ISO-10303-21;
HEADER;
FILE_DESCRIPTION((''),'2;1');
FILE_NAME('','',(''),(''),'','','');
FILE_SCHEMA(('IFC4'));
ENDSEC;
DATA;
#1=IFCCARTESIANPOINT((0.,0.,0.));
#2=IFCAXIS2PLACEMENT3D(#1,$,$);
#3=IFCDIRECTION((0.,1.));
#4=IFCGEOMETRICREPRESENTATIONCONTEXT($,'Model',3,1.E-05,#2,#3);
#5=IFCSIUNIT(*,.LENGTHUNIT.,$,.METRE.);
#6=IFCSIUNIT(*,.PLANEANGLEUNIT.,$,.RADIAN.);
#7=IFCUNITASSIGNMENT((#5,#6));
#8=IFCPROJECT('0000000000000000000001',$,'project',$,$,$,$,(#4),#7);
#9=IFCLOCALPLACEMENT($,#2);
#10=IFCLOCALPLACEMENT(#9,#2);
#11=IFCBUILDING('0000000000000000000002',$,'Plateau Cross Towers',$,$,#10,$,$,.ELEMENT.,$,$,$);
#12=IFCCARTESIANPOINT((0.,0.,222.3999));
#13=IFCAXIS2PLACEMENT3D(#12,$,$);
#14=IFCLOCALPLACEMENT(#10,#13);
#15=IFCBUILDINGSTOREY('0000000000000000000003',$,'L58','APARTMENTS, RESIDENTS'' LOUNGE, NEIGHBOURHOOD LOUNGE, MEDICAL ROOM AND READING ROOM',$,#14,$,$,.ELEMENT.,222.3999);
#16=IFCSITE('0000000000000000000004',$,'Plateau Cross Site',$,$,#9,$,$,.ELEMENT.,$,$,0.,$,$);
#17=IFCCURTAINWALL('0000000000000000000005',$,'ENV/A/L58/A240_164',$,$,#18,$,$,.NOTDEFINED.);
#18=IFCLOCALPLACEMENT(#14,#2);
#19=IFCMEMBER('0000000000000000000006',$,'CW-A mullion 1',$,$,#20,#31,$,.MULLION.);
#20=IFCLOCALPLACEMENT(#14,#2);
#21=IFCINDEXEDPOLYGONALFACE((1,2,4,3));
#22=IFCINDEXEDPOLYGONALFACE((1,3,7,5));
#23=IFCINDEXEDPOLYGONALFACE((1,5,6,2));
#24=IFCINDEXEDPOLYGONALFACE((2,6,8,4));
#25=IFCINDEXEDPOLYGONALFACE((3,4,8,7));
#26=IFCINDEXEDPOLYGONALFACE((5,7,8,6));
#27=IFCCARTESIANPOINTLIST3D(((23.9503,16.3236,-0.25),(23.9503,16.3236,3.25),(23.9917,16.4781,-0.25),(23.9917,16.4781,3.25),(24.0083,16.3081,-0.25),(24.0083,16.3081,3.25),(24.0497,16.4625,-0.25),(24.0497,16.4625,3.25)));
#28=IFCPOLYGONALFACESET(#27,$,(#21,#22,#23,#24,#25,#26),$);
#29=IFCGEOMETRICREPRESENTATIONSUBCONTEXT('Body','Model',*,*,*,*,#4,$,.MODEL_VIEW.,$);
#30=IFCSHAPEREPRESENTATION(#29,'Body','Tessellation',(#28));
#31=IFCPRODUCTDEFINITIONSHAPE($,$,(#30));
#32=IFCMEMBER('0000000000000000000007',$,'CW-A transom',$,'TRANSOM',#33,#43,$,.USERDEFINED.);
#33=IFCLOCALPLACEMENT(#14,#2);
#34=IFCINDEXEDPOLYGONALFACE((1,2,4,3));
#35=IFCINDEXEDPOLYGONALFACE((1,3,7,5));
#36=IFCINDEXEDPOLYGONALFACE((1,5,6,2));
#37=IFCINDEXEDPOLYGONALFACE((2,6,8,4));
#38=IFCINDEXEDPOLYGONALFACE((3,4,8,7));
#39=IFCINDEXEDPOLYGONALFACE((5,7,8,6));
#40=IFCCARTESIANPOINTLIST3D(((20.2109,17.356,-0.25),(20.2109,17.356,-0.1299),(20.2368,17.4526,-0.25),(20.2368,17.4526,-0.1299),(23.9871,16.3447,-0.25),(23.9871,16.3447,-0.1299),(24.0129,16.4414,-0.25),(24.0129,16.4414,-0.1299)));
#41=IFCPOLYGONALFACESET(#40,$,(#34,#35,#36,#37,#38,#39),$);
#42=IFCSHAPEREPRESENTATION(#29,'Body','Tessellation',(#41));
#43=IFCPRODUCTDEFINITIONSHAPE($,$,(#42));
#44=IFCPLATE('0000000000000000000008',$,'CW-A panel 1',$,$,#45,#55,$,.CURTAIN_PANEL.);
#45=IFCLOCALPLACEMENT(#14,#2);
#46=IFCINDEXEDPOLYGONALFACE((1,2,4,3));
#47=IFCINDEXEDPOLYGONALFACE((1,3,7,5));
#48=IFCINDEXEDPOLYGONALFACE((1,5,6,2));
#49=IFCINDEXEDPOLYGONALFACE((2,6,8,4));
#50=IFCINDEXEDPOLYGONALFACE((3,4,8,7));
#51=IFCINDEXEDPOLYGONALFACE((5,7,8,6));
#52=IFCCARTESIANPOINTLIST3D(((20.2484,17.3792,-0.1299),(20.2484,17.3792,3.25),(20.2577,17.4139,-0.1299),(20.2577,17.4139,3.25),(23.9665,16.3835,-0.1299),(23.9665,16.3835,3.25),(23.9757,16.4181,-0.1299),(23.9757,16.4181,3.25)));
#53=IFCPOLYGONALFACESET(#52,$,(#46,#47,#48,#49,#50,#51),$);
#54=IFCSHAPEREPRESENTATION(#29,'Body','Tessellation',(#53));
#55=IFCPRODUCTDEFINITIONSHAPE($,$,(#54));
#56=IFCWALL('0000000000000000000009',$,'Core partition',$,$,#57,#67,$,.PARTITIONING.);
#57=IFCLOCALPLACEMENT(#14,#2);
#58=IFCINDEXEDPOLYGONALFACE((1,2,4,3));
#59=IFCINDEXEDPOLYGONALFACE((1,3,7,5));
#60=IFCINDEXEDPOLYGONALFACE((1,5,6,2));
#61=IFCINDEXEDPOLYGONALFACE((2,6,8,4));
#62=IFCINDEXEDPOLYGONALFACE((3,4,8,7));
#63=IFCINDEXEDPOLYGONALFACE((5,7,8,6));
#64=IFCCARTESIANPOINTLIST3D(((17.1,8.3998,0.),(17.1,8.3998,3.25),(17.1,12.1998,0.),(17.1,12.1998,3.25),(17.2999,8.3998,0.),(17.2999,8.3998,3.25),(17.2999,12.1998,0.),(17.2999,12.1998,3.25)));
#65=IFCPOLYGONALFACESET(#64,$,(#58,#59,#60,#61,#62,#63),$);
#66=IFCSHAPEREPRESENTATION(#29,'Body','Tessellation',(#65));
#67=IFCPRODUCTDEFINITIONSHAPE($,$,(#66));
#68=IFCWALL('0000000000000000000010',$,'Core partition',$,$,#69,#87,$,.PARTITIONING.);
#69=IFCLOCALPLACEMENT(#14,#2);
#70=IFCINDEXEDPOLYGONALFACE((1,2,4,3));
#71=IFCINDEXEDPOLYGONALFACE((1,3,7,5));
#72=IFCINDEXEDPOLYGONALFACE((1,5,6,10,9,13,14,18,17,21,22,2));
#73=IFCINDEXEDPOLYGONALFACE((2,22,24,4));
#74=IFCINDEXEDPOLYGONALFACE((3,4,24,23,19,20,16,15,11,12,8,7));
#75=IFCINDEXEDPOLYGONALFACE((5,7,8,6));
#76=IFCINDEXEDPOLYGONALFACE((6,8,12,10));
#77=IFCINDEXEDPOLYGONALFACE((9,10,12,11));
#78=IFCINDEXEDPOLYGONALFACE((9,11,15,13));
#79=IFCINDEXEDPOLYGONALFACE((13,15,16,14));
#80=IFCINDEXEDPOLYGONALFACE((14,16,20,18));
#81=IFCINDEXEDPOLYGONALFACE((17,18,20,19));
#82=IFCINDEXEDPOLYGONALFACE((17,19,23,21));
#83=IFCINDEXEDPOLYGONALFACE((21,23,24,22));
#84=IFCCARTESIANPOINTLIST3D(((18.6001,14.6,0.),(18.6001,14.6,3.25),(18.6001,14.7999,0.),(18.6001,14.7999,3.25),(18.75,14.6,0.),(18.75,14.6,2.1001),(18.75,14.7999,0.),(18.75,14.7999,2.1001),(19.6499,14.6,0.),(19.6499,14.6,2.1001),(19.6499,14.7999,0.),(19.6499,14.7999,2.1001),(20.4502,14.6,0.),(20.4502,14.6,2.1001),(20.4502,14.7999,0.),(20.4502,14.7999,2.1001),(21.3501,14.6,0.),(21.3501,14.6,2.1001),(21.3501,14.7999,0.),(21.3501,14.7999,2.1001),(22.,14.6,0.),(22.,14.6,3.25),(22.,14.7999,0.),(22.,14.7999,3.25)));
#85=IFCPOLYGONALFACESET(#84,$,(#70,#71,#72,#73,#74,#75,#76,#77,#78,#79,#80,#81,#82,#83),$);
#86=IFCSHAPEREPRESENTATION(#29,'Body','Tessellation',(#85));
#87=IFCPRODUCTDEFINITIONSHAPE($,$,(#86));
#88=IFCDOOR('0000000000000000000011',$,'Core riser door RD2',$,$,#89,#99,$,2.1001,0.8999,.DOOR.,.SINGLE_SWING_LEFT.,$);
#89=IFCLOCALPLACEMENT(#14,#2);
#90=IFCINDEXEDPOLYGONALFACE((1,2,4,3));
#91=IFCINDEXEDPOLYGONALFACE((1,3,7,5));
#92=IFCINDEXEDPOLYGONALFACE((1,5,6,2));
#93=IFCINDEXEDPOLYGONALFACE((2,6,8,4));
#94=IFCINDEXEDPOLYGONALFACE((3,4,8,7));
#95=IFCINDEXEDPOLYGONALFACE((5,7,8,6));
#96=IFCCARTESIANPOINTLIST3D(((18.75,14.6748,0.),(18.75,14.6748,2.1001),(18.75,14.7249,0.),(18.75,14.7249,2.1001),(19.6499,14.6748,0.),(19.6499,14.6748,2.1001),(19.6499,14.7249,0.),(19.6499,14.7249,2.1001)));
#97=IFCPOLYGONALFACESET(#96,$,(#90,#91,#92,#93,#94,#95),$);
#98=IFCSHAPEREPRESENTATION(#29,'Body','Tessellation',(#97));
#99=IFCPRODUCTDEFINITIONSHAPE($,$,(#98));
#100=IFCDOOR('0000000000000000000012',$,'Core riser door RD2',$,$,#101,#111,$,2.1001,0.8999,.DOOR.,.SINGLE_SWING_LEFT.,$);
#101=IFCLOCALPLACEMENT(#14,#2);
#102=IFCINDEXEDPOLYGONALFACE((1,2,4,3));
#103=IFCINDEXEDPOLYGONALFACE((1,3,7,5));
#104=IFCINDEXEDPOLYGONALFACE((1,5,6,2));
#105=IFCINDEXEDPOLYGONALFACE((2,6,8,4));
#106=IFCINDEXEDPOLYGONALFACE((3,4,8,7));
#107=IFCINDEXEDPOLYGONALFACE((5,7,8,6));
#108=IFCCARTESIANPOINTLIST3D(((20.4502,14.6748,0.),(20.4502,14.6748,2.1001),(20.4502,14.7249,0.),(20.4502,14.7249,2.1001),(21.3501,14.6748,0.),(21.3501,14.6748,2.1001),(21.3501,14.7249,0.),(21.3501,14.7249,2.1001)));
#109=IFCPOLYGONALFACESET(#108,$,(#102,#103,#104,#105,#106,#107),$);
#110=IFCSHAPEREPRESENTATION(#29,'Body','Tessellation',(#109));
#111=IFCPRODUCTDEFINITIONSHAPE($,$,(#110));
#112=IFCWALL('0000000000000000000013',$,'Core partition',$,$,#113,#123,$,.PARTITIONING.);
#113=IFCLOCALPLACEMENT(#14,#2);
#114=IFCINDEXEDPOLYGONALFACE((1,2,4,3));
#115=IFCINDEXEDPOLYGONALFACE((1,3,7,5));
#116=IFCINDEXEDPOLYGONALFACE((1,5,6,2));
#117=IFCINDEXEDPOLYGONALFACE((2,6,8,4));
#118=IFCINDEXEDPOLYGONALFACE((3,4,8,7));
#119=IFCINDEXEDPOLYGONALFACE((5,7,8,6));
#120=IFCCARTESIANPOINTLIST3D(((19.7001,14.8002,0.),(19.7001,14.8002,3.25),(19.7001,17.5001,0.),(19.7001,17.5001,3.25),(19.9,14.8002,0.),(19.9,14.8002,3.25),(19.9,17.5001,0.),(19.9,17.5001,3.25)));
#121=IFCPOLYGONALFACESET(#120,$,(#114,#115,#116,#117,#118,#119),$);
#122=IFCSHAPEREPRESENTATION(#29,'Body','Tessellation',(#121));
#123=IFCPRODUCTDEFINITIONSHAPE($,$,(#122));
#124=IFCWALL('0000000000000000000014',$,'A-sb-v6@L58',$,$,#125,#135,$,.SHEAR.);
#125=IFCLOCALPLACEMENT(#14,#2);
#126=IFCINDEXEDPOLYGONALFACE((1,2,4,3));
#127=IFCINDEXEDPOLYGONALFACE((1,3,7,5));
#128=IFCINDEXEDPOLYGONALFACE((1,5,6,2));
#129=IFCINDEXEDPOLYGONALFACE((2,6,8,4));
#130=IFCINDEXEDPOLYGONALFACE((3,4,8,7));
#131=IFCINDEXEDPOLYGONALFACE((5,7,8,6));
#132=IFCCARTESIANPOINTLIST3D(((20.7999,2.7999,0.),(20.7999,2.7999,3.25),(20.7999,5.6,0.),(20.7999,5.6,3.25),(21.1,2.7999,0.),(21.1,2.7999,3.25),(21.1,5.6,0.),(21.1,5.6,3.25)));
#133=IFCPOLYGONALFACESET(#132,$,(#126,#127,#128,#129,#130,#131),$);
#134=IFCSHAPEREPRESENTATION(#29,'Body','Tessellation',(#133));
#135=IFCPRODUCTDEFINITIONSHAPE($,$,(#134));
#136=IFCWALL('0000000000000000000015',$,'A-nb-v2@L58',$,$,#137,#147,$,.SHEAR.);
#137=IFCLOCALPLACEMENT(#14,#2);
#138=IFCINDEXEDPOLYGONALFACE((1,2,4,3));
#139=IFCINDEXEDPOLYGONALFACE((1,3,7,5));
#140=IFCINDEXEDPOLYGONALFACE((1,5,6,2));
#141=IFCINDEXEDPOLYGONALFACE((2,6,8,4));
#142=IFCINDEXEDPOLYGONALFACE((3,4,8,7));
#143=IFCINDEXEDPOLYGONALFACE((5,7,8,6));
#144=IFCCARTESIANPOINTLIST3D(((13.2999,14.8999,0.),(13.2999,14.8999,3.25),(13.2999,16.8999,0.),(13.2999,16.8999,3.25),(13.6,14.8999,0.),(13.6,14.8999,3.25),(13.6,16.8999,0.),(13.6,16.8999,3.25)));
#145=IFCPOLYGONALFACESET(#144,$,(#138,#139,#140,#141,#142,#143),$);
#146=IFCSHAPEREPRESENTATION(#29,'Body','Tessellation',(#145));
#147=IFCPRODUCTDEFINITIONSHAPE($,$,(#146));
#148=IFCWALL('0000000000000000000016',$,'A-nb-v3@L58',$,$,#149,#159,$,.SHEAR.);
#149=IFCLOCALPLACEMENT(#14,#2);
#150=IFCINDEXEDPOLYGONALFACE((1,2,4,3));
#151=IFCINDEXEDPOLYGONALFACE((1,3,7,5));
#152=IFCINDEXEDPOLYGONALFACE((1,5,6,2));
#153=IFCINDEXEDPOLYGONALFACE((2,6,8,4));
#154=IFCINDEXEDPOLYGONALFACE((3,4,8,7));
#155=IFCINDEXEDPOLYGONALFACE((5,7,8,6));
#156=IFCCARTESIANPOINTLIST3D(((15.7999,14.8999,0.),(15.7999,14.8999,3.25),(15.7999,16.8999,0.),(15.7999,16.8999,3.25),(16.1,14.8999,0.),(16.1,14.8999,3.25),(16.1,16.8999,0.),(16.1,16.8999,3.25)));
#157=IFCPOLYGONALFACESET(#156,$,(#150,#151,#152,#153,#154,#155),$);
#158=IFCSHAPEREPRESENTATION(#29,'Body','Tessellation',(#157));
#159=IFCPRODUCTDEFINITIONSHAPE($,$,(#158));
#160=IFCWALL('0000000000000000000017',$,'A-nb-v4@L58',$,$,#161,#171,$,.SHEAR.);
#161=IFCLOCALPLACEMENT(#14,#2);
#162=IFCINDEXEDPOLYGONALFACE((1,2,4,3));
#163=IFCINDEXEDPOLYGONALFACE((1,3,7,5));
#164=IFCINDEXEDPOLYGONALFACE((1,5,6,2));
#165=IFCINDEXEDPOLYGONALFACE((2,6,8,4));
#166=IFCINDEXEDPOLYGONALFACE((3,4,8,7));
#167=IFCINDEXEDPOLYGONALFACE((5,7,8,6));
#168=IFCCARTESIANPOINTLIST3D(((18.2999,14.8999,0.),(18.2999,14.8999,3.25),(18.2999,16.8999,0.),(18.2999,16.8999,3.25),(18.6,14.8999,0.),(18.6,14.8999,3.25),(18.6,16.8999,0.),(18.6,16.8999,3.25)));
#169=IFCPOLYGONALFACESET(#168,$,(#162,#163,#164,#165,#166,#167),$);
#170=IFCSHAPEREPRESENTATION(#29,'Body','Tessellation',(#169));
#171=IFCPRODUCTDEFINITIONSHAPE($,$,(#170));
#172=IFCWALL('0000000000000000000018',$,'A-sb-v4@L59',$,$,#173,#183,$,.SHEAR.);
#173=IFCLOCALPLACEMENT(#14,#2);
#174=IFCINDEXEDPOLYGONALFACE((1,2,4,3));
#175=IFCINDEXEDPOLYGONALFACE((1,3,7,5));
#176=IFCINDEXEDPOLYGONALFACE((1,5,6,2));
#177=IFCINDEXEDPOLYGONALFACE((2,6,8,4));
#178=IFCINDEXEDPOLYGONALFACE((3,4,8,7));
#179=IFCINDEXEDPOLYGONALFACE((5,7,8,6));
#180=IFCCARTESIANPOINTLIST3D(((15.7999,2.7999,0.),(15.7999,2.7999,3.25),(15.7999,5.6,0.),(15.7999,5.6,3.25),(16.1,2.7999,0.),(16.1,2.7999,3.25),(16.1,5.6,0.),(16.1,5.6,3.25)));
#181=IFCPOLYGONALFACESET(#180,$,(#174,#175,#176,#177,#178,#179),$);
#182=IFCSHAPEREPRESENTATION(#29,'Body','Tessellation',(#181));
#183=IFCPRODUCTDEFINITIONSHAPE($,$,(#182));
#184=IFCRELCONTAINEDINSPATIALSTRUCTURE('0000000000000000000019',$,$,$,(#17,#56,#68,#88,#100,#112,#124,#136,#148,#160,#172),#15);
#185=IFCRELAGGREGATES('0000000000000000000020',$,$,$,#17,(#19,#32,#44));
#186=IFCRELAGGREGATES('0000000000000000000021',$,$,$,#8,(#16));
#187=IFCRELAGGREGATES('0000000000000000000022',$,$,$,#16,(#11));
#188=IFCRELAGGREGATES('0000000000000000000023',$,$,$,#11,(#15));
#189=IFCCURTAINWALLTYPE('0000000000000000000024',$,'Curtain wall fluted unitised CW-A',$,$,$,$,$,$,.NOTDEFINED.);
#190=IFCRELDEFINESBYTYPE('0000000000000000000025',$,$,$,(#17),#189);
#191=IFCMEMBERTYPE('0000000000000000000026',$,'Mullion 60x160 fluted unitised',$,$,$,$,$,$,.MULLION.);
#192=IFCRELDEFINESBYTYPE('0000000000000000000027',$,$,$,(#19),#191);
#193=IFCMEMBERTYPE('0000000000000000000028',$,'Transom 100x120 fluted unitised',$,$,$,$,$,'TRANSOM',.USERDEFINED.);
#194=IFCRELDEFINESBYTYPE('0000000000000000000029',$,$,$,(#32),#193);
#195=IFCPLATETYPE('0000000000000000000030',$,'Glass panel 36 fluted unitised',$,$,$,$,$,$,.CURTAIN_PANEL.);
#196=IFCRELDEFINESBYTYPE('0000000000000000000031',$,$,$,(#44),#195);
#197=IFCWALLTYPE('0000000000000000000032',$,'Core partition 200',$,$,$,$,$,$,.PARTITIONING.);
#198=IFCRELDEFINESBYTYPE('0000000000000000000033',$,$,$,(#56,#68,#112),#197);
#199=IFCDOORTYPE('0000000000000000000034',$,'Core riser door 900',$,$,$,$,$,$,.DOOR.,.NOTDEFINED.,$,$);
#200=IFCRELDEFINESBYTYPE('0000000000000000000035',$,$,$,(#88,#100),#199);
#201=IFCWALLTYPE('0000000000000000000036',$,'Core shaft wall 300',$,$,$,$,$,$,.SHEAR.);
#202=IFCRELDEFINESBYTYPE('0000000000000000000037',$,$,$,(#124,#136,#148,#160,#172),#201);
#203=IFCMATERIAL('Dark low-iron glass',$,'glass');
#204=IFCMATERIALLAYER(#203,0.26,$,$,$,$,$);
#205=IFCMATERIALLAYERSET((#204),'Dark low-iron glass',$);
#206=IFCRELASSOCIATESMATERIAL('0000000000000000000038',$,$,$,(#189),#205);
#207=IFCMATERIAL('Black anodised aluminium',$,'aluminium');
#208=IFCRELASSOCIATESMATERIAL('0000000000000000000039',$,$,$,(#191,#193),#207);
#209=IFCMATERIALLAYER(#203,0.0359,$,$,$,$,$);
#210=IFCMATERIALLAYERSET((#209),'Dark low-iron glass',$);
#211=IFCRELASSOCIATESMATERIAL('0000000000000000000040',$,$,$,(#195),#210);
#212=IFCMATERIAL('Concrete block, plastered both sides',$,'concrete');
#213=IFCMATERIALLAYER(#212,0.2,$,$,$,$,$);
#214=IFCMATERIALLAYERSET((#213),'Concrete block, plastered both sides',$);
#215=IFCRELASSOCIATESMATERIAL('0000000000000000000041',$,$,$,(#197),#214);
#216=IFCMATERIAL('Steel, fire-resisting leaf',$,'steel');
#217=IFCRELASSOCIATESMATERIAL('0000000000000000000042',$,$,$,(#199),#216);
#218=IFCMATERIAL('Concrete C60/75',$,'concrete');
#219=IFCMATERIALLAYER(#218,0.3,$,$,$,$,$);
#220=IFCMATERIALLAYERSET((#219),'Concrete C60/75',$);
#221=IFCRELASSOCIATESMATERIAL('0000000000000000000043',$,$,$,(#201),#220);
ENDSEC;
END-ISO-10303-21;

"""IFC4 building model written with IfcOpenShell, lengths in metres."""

from ifc_helpers import new_model, si_unit, direction, frame, frame_2d, origin, origin_2d, place, context, subcontext, project, spatial, rectangle, extrude, material, layer, layer_set, material_profile, profile_set, type_object, element, fill, aggregate, save


model = new_model("IFC4")

# Units and contexts
model_context = context("Model", 3, precision=1e-05, world=origin(), true_north=direction((0.0, 1.0)))
body_context = subcontext(model_context, "Body", "Model", "MODEL_VIEW")
ifc_project = project(units=[si_unit("LENGTHUNIT", "METRE"), si_unit("PLANEANGLEUNIT", "RADIAN")], contexts=[model_context])

# Site, building, storey
site_placement = place(None, origin())
site = spatial("IfcSite", under=ifc_project, at=site_placement, Name="Plateau Cross Site", CompositionType="ELEMENT", RefElevation=0.0)
building_placement = place(site_placement, origin())
building = spatial("IfcBuilding", under=site, at=building_placement, Name="Plateau Cross Towers", CompositionType="ELEMENT")
storey_placement = place(building_placement, frame((0.0, 0.0, 222.3999)))
storey = spatial("IfcBuildingStorey", under=building, at=storey_placement, Name="L58", Description="APARTMENTS, RESIDENTS' LOUNGE, NEIGHBOURHOOD LOUNGE, MEDICAL ROOM AND READING ROOM", CompositionType="ELEMENT", Elevation=222.3999)

# Curtain wall, members, plate
ifc_material_1 = material(Name="Dark low-iron glass", Category="glass")
ifc_layer_1 = layer(ifc_material_1, 0.26)
ifc_layer_set_1 = layer_set([ifc_layer_1], Name="Dark low-iron glass")
curtain_wall_type = type_object("IfcCurtainWallType", Name="Curtain wall fluted unitised CW-A", PredefinedType="NOTDEFINED", material=ifc_layer_set_1)
curtain_wall_placement = place(storey_placement, origin())
curtain_wall = element("IfcCurtainWall", 1, at=curtain_wall_placement, inside=storey, type_object=curtain_wall_type, Name="ENV/A/L58/A240_164", PredefinedType="NOTDEFINED")
ifc_material_2 = material(Name="Black anodised aluminium", Category="aluminium")
ifc_material_profile_1 = material_profile(ifc_material_2, rectangle(XDim=0.0601, YDim=0.1599, at=origin_2d()), Name="MULLION 60x160")
ifc_profile_set_1 = profile_set([ifc_material_profile_1], Name="Black anodised aluminium")
member_type_1 = type_object("IfcMemberType", Name="Mullion 60x160 fluted unitised", PredefinedType="MULLION", material=ifc_profile_set_1)
member_1_placement = place(storey_placement, frame((24.0, 16.3931, -0.25), z_axis=(0.0, 0.0, 1.0), x_axis=(-0.965958, 0.258699, 0.0)))
member_1 = element("IfcMember", 2, at=member_1_placement, type_object=member_type_1, Name="CW-A mullion 1", PredefinedType="MULLION", context=body_context, shape_type="SweptSolid", body=[
    extrude(rectangle(XDim=0.0601, YDim=0.1599, at=origin_2d()), origin(), (0.0, 0.0, 1.0), 3.5),
])
ifc_material_profile_2 = material_profile(ifc_material_2, rectangle(XDim=0.1001, YDim=0.1201, at=origin_2d()), Name="TRANSOM 100x120")
ifc_profile_set_2 = profile_set([ifc_material_profile_2], Name="Black anodised aluminium")
member_type_2 = type_object("IfcMemberType", Name="Transom 100x120 fluted unitised", ElementType="TRANSOM", PredefinedType="USERDEFINED", material=ifc_profile_set_2)
member_2_placement = place(storey_placement, frame((24.0, 16.3931, -0.1899), z_axis=(-0.965963, 0.258681, 0.0), x_axis=(-0.258681, -0.965963, 0.0)))
member_2 = element("IfcMember", 3, at=member_2_placement, type_object=member_type_2, Name="CW-A transom", ObjectType="TRANSOM", PredefinedType="USERDEFINED", context=body_context, shape_type="SweptSolid", body=[
    extrude(rectangle(XDim=0.1001, YDim=0.1201, at=origin_2d()), origin(), (0.0, 0.0, 1.0), 3.9092),
])
ifc_layer_2 = layer(ifc_material_1, 0.0359)
ifc_layer_set_2 = layer_set([ifc_layer_2], Name="Dark low-iron glass")
plate_type = type_object("IfcPlateType", Name="Glass panel 36 fluted unitised", PredefinedType="CURTAIN_PANEL", material=ifc_layer_set_2)
plate_placement = place(storey_placement, frame((22.1121, 16.8987, -0.1299), z_axis=(0.0, 0.0, 1.0), x_axis=(-0.965958, 0.258699, 0.0)))
plate = element("IfcPlate", 4, at=plate_placement, type_object=plate_type, Name="CW-A panel 1", PredefinedType="CURTAIN_PANEL", context=body_context, shape_type="SweptSolid", body=[
    extrude(rectangle(XDim=3.8491, YDim=0.0359, at=origin_2d()), origin(), (0.0, 0.0, 1.0), 3.3799),
])
aggregate(curtain_wall, [member_1, member_2, plate])

# Wall
ifc_material_3 = material(Name="Concrete block, plastered both sides", Category="concrete")
ifc_layer_3 = layer(ifc_material_3, 0.2)
ifc_layer_set_3 = layer_set([ifc_layer_3], Name="Concrete block, plastered both sides")
wall_type_1 = type_object("IfcWallType", Name="Core partition 200", PredefinedType="PARTITIONING", material=ifc_layer_set_3)
wall_1_placement = place(storey_placement, frame((17.2, 8.3999, 0.0), z_axis=(0.0, 0.0, 1.0), x_axis=(0.0, 1.0, 0.0)))
element("IfcWall", 5, at=wall_1_placement, inside=storey, type_object=wall_type_1, Name="Core partition", PredefinedType="PARTITIONING", context=body_context, shape_type="SweptSolid", body=[
    extrude(rectangle(XDim=3.8, YDim=0.2, at=frame_2d((1.8999, 0.0))), origin(), (0.0, 0.0, 1.0), 3.25),
])

# Wall, openings, doors
wall_2_placement = place(storey_placement, frame((18.6001, 14.7, 0.0), z_axis=(0.0, 0.0, 1.0), x_axis=(1.0, 0.0, 0.0)))
wall_2 = element("IfcWall", 6, at=wall_2_placement, inside=storey, type_object=wall_type_1, Name="Core partition", PredefinedType="PARTITIONING", context=body_context, shape_type="SweptSolid", body=[
    extrude(rectangle(XDim=3.3999, YDim=0.2, at=frame_2d((1.7, 0.0))), origin(), (0.0, 0.0, 1.0), 3.25),
])
opening_1_placement = place(wall_2_placement, frame((0.1499, 0.0, 0.0)))
opening_1 = element("IfcOpeningElement", 7, at=opening_1_placement, cuts=wall_2, PredefinedType="OPENING", context=body_context, shape_type="SweptSolid", body=[
    extrude(rectangle(XDim=0.8999, YDim=2.1001, at=frame_2d((0.45, 1.05))), frame((0.0, 0.1099, 0.0), z_axis=(0.0, -1.0, 0.0), x_axis=(1.0, 0.0, 0.0)), (0.0, 0.0, 1.0), 0.22),
])
opening_2_placement = place(wall_2_placement, frame((1.8501, 0.0, 0.0)))
opening_2 = element("IfcOpeningElement", 8, at=opening_2_placement, cuts=wall_2, PredefinedType="OPENING", context=body_context, shape_type="SweptSolid", body=[
    extrude(rectangle(XDim=0.8999, YDim=2.1001, at=frame_2d((0.45, 1.05))), frame((0.0, 0.1099, 0.0), z_axis=(0.0, -1.0, 0.0), x_axis=(1.0, 0.0, 0.0)), (0.0, 0.0, 1.0), 0.22),
])
ifc_material_4 = material(Name="Steel, fire-resisting leaf", Category="steel")
door_type_1 = type_object("IfcDoorType", Name="Core riser door 900", OperationType="NOTDEFINED", PredefinedType="DOOR", material=ifc_material_4)
door_1_placement = place(opening_1_placement, origin())
door_1 = element("IfcDoor", 9, at=door_1_placement, inside=storey, type_object=door_type_1, Name="Core riser door RD2", OperationType="SINGLE_SWING_LEFT", OverallHeight=2.1001, OverallWidth=0.8999, PredefinedType="DOOR", context=body_context, shape_type="SweptSolid", body=[
    extrude(rectangle(XDim=0.8999, YDim=2.1001, at=frame_2d((0.45, 1.05))), frame((0.0, 0.0249, 0.0), z_axis=(0.0, -1.0, 0.0), x_axis=(1.0, 0.0, 0.0)), (0.0, 0.0, 1.0), 0.05),
])
fill(opening_1, door_1)
door_2_placement = place(opening_2_placement, origin())
door_2 = element("IfcDoor", 10, at=door_2_placement, inside=storey, type_object=door_type_1, Name="Core riser door RD2", OperationType="SINGLE_SWING_LEFT", OverallHeight=2.1001, OverallWidth=0.8999, PredefinedType="DOOR", context=body_context, shape_type="SweptSolid", body=[
    extrude(rectangle(XDim=0.8999, YDim=2.1001, at=frame_2d((0.45, 1.05))), frame((0.0, 0.0249, 0.0), z_axis=(0.0, -1.0, 0.0), x_axis=(1.0, 0.0, 0.0)), (0.0, 0.0, 1.0), 0.05),
])
fill(opening_2, door_2)

# Walls
wall_3_placement = place(storey_placement, frame((19.8, 14.8, 0.0), z_axis=(0.0, 0.0, 1.0), x_axis=(0.0, 1.0, 0.0)))
element("IfcWall", 11, at=wall_3_placement, inside=storey, type_object=wall_type_1, Name="Core partition", PredefinedType="PARTITIONING", context=body_context, shape_type="SweptSolid", body=[
    extrude(rectangle(XDim=2.7, YDim=0.2, at=frame_2d((1.3501, 0.0))), origin(), (0.0, 0.0, 1.0), 3.25),
])
ifc_material_5 = material(Name="Concrete C60/75", Category="concrete")
ifc_layer_4 = layer(ifc_material_5, 0.3)
ifc_layer_set_4 = layer_set([ifc_layer_4], Name="Concrete C60/75")
wall_type_2 = type_object("IfcWallType", Name="Core shaft wall 300", PredefinedType="SHEAR", material=ifc_layer_set_4)
wall_4_placement = place(storey_placement, frame((20.95, 2.8, 0.0), z_axis=(0.0, 0.0, 1.0), x_axis=(0.0, 1.0, 0.0)))
element("IfcWall", 12, at=wall_4_placement, inside=storey, type_object=wall_type_2, Name="A-sb-v6@L58", PredefinedType="SHEAR", context=body_context, shape_type="SweptSolid", body=[
    extrude(rectangle(XDim=2.8, YDim=0.3, at=frame_2d((1.3999, 0.0))), origin(), (0.0, 0.0, 1.0), 3.25),
])
for number, where, z_axis, x_axis, name in (
    (13, (13.45, 14.8999, 0.0), (0.0, 0.0, 1.0), (0.0, 1.0, 0.0), "A-nb-v2@L58"),
    (14, (15.95, 14.8999, 0.0), (0.0, 0.0, 1.0), (0.0, 1.0, 0.0), "A-nb-v3@L58"),
    (15, (18.45, 14.8999, 0.0), (0.0, 0.0, 1.0), (0.0, 1.0, 0.0), "A-nb-v4@L58"),
):
    element("IfcWall", number, at=place(storey_placement, frame(where, z_axis=z_axis, x_axis=x_axis)), inside=storey, type_object=wall_type_2, Name=name, PredefinedType="SHEAR", context=body_context, shape_type="SweptSolid", body=[
        extrude(rectangle(XDim=2.0, YDim=0.3, at=frame_2d((1.0, 0.0))), origin(), (0.0, 0.0, 1.0), 3.25),
    ])
wall_5_placement = place(storey_placement, frame((15.95, 2.8, 0.0), z_axis=(0.0, 0.0, 1.0), x_axis=(0.0, 1.0, 0.0)))
element("IfcWall", 16, at=wall_5_placement, inside=storey, type_object=wall_type_2, Name="A-sb-v4@L59", PredefinedType="SHEAR", context=body_context, shape_type="SweptSolid", body=[
    extrude(rectangle(XDim=2.8, YDim=0.3, at=frame_2d((1.3999, 0.0))), origin(), (0.0, 0.0, 1.0), 3.25),
])

save(model, "model.ifc")
